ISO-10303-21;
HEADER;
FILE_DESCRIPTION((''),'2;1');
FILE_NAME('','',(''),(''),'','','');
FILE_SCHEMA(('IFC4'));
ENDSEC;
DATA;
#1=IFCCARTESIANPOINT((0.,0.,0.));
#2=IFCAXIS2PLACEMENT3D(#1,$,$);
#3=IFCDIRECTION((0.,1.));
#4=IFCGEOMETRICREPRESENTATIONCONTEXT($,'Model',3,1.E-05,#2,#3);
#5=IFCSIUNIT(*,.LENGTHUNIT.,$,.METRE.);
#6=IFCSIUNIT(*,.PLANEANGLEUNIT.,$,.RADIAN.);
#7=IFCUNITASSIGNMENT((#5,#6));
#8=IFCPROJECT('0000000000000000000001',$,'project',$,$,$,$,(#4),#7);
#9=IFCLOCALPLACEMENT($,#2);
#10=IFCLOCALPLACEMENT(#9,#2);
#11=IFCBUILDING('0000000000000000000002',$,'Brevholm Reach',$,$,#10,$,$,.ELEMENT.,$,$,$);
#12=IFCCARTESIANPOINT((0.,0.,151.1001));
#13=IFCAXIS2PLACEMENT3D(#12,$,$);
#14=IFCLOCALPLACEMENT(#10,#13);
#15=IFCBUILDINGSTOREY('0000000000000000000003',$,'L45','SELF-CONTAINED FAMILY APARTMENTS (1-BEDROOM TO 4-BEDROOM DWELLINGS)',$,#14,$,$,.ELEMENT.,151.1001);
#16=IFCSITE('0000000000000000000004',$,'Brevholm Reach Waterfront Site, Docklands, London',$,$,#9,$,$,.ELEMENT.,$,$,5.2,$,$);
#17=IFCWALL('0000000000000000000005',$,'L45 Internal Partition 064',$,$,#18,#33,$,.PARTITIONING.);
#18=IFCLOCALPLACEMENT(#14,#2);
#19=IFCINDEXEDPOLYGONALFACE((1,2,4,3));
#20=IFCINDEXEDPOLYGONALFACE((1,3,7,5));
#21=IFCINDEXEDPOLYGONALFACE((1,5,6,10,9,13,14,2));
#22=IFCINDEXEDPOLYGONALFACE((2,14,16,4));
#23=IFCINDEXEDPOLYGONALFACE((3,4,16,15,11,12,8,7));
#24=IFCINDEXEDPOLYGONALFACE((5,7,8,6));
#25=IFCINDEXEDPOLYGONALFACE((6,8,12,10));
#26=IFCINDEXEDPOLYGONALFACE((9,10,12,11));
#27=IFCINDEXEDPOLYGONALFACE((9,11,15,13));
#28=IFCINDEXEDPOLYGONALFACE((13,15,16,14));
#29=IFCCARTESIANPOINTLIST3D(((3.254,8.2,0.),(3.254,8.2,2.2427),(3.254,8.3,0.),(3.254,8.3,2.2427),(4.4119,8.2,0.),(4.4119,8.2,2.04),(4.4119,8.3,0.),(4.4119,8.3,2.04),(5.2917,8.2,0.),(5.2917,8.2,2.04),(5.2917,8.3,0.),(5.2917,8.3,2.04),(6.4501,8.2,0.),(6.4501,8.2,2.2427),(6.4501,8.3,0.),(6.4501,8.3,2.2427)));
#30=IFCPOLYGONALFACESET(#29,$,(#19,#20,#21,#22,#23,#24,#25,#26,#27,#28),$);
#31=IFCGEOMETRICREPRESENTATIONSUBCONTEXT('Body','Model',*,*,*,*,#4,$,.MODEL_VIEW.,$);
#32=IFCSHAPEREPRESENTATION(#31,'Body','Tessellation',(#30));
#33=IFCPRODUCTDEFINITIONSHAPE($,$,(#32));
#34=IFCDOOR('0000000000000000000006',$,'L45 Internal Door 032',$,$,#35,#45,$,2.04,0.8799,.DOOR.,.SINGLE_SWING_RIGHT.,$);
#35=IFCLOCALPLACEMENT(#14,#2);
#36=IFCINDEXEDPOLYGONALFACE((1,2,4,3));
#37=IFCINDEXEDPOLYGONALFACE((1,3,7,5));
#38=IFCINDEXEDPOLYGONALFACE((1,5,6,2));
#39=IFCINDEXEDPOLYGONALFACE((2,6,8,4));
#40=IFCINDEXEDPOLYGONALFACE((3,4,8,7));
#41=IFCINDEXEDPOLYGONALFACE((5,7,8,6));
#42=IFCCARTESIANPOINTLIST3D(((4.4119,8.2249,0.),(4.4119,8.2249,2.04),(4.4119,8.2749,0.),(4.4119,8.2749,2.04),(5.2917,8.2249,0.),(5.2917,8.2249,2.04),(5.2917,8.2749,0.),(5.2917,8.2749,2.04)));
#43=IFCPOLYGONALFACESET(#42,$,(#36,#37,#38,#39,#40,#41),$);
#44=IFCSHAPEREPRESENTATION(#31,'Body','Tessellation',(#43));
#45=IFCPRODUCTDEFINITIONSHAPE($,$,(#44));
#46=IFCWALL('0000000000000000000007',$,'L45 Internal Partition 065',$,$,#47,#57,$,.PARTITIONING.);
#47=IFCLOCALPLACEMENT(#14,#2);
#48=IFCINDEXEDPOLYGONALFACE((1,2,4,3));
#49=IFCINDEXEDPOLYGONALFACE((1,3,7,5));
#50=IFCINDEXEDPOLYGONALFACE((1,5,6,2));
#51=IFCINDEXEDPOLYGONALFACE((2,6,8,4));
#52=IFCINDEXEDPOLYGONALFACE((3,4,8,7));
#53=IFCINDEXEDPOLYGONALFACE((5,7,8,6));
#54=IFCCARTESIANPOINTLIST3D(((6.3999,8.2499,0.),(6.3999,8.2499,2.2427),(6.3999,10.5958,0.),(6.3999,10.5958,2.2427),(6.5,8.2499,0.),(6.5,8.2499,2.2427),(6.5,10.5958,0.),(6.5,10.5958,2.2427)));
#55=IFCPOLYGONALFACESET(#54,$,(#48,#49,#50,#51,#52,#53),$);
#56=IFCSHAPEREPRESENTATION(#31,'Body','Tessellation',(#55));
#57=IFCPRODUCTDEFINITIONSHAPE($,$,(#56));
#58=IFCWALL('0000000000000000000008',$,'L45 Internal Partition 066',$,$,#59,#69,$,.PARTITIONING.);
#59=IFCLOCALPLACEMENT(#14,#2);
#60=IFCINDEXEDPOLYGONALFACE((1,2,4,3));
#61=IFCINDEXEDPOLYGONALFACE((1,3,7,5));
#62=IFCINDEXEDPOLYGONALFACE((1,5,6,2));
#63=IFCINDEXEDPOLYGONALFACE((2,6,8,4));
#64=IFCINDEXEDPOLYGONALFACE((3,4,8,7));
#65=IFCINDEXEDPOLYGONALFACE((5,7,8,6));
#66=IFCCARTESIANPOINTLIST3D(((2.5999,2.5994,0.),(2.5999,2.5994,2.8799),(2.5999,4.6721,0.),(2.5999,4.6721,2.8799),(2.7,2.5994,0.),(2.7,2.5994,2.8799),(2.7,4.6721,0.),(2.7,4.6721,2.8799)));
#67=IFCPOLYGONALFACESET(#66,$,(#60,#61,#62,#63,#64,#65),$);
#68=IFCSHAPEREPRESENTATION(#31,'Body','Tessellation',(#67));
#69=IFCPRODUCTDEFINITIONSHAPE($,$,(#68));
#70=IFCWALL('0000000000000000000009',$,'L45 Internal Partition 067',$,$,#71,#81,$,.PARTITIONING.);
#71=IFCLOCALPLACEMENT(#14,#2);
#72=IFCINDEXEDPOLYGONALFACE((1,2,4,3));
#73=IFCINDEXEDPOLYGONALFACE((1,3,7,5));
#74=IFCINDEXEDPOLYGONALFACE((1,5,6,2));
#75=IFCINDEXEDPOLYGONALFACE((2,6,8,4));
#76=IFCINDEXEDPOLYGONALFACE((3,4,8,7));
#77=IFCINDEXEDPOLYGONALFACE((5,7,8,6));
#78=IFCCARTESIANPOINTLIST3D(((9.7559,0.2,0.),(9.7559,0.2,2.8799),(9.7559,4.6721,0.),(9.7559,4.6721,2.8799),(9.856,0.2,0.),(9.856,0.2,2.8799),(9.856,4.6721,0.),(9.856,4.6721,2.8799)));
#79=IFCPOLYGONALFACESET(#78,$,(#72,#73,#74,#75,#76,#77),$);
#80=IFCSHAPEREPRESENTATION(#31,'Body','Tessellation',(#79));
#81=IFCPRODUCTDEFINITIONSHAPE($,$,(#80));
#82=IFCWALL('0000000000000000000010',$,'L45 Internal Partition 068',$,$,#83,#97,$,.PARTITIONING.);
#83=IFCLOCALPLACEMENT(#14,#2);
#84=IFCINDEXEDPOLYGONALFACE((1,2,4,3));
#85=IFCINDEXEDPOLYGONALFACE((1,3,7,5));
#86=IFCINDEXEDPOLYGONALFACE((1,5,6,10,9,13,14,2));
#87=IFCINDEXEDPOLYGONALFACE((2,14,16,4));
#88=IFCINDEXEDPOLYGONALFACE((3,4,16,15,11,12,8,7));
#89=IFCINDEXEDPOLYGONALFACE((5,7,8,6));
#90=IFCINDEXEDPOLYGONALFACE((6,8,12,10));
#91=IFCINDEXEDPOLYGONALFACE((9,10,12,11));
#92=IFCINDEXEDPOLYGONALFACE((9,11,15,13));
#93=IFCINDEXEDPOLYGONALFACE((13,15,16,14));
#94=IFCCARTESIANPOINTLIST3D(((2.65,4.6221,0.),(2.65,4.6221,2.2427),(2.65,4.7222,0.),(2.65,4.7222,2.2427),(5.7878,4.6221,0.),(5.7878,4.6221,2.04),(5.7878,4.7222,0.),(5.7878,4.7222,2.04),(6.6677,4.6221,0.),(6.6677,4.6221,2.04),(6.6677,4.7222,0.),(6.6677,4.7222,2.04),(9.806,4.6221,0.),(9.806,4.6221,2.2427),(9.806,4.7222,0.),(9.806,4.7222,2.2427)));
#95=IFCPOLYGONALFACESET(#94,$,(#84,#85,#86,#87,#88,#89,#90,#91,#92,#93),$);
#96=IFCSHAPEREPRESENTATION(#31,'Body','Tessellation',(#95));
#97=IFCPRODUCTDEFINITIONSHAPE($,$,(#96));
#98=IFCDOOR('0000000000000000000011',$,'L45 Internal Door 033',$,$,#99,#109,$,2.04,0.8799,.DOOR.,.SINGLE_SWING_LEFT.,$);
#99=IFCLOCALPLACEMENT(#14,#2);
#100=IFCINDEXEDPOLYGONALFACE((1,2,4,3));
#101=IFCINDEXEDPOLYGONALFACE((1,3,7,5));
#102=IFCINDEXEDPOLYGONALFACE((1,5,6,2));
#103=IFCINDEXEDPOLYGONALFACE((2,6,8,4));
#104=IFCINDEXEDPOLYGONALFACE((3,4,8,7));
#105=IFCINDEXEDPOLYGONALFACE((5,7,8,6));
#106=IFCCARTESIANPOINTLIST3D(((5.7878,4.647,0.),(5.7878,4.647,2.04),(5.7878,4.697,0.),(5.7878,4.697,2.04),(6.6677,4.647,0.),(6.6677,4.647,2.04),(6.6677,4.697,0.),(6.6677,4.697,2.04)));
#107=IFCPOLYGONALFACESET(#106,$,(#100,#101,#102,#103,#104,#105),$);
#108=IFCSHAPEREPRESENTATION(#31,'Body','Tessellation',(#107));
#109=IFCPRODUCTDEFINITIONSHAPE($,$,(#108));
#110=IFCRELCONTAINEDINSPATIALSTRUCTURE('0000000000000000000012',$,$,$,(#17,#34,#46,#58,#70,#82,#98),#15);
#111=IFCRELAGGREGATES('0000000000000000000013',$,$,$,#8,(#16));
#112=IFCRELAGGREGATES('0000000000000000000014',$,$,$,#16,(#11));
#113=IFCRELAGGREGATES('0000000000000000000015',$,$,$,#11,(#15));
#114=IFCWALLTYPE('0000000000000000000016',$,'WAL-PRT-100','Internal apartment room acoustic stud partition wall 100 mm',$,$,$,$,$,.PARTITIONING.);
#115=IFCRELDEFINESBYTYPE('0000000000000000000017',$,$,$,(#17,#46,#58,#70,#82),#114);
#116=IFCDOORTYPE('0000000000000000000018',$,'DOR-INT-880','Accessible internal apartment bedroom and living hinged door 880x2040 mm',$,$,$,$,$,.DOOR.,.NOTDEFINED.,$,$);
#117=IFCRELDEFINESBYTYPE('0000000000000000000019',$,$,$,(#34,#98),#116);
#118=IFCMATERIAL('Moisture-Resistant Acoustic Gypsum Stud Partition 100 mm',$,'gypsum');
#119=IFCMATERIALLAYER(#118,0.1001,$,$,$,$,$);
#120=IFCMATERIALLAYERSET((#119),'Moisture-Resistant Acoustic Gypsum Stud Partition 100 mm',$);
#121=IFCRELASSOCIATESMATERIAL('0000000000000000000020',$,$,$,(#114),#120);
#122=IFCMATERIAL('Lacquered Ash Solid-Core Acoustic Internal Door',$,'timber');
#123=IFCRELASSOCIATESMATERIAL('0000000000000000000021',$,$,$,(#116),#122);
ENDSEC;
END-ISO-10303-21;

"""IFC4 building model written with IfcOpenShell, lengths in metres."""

from ifc_helpers import new_model, si_unit, direction, frame, frame_2d, origin, place, context, subcontext, project, spatial, rectangle, extrude, material, layer, layer_set, type_object, element, fill, save


model = new_model("IFC4")

# Units and contexts
model_context = context("Model", 3, precision=1e-05, world=origin(), true_north=direction((0.0, 1.0)))
body_context = subcontext(model_context, "Body", "Model", "MODEL_VIEW")
ifc_project = project(units=[si_unit("LENGTHUNIT", "METRE"), si_unit("PLANEANGLEUNIT", "RADIAN")], contexts=[model_context])

# Site, building, storey
site_placement = place(None, origin())
site = spatial("IfcSite", under=ifc_project, at=site_placement, Name="Brevholm Reach Waterfront Site, Docklands, London", CompositionType="ELEMENT", RefElevation=5.2)
building_placement = place(site_placement, origin())
building = spatial("IfcBuilding", under=site, at=building_placement, Name="Brevholm Reach", CompositionType="ELEMENT")
storey_placement = place(building_placement, frame((0.0, 0.0, 151.1001)))
storey = spatial("IfcBuildingStorey", under=building, at=storey_placement, Name="L45", Description="SELF-CONTAINED FAMILY APARTMENTS (1-BEDROOM TO 4-BEDROOM DWELLINGS)", CompositionType="ELEMENT", Elevation=151.1001)

# Shared definitions
ifc_material_1 = material(Name="Moisture-Resistant Acoustic Gypsum Stud Partition 100 mm", Category="gypsum")
ifc_layer_1 = layer(ifc_material_1, 0.1001)
ifc_layer_set_1 = layer_set([ifc_layer_1], Name="Moisture-Resistant Acoustic Gypsum Stud Partition 100 mm")
wall_type_1 = type_object("IfcWallType", Name="WAL-PRT-100", Description="Internal apartment room acoustic stud partition wall 100 mm", PredefinedType="PARTITIONING", material=ifc_layer_set_1)

# Wall, opening, door
wall_1_placement = place(storey_placement, frame((3.2539, 8.25, 0.0), z_axis=(0.0, 0.0, 1.0), x_axis=(1.0, 0.0, 0.0)))
wall_1 = element("IfcWall", 1, at=wall_1_placement, inside=storey, type_object=wall_type_1, Name="L45 Internal Partition 064", PredefinedType="PARTITIONING", context=body_context, shape_type="SweptSolid", body=[
    extrude(rectangle(XDim=3.196, YDim=0.1001, at=frame_2d((1.5981, 0.0))), origin(), (0.0, 0.0, 1.0), 2.2427),
])
opening_1_placement = place(wall_1_placement, frame((1.158, 0.0, 0.0)))
opening_1 = element("IfcOpeningElement", 2, at=opening_1_placement, cuts=wall_1, PredefinedType="OPENING", context=body_context, shape_type="SweptSolid", body=[
    extrude(rectangle(XDim=0.8799, YDim=2.04, at=frame_2d((0.4399, 1.02))), frame((0.0, 0.0601, 0.0), z_axis=(0.0, -1.0, 0.0), x_axis=(1.0, 0.0, 0.0)), (0.0, 0.0, 1.0), 0.1201),
])
ifc_material_2 = material(Name="Lacquered Ash Solid-Core Acoustic Internal Door", Category="timber")
door_type_1 = type_object("IfcDoorType", Name="DOR-INT-880", Description="Accessible internal apartment bedroom and living hinged door 880x2040 mm", OperationType="NOTDEFINED", PredefinedType="DOOR", material=ifc_material_2)
door_1_placement = place(opening_1_placement, origin())
door_1 = element("IfcDoor", 3, at=door_1_placement, inside=storey, type_object=door_type_1, Name="L45 Internal Door 032", OperationType="SINGLE_SWING_RIGHT", OverallHeight=2.04, OverallWidth=0.8799, PredefinedType="DOOR", context=body_context, shape_type="SweptSolid", body=[
    extrude(rectangle(XDim=0.8799, YDim=2.04, at=frame_2d((0.4399, 1.02))), frame((0.0, 0.0249, 0.0), z_axis=(0.0, -1.0, 0.0), x_axis=(1.0, 0.0, 0.0)), (0.0, 0.0, 1.0), 0.05),
])
fill(opening_1, door_1)

# Walls
wall_2_placement = place(storey_placement, frame((6.45, 8.25, 0.0), z_axis=(0.0, 0.0, 1.0), x_axis=(0.0, 1.0, 0.0)))
element("IfcWall", 4, at=wall_2_placement, inside=storey, type_object=wall_type_1, Name="L45 Internal Partition 065", PredefinedType="PARTITIONING", context=body_context, shape_type="SweptSolid", body=[
    extrude(rectangle(XDim=2.3459, YDim=0.1001, at=frame_2d((1.1729, 0.0))), origin(), (0.0, 0.0, 1.0), 2.2427),
])
wall_3_placement = place(storey_placement, frame((2.6499, 2.5994, 0.0), z_axis=(0.0, 0.0, 1.0), x_axis=(0.0, 1.0, 0.0)))
element("IfcWall", 5, at=wall_3_placement, inside=storey, type_object=wall_type_1, Name="L45 Internal Partition 066", PredefinedType="PARTITIONING", context=body_context, shape_type="SweptSolid", body=[
    extrude(rectangle(XDim=2.0728, YDim=0.1001, at=frame_2d((1.0364, 0.0))), origin(), (0.0, 0.0, 1.0), 2.8799),
])
wall_4_placement = place(storey_placement, frame((9.8059, 0.2, 0.0), z_axis=(0.0, 0.0, 1.0), x_axis=(0.0, 1.0, 0.0)))
element("IfcWall", 6, at=wall_4_placement, inside=storey, type_object=wall_type_1, Name="L45 Internal Partition 067", PredefinedType="PARTITIONING", context=body_context, shape_type="SweptSolid", body=[
    extrude(rectangle(XDim=4.4722, YDim=0.1001, at=frame_2d((2.2361, 0.0))), origin(), (0.0, 0.0, 1.0), 2.8799),
])

# Wall, opening, door
wall_5_placement = place(storey_placement, frame((2.6499, 4.6721, 0.0), z_axis=(0.0, 0.0, 1.0), x_axis=(1.0, 0.0, 0.0)))
wall_5 = element("IfcWall", 7, at=wall_5_placement, inside=storey, type_object=wall_type_1, Name="L45 Internal Partition 068", PredefinedType="PARTITIONING", context=body_context, shape_type="SweptSolid", body=[
    extrude(rectangle(XDim=7.156, YDim=0.1001, at=frame_2d((3.5781, 0.0))), origin(), (0.0, 0.0, 1.0), 2.2427),
])
opening_2_placement = place(wall_5_placement, frame((3.1379, 0.0, 0.0)))
opening_2 = element("IfcOpeningElement", 8, at=opening_2_placement, cuts=wall_5, PredefinedType="OPENING", context=body_context, shape_type="SweptSolid", body=[
    extrude(rectangle(XDim=0.8799, YDim=2.04, at=frame_2d((0.4399, 1.02))), frame((0.0, 0.0601, 0.0), z_axis=(0.0, -1.0, 0.0), x_axis=(1.0, 0.0, 0.0)), (0.0, 0.0, 1.0), 0.1201),
])
door_2_placement = place(opening_2_placement, origin())
door_2 = element("IfcDoor", 9, at=door_2_placement, inside=storey, type_object=door_type_1, Name="L45 Internal Door 033", OperationType="SINGLE_SWING_LEFT", OverallHeight=2.04, OverallWidth=0.8799, PredefinedType="DOOR", context=body_context, shape_type="SweptSolid", body=[
    extrude(rectangle(XDim=0.8799, YDim=2.04, at=frame_2d((0.4399, 1.02))), frame((0.0, 0.0249, 0.0), z_axis=(0.0, -1.0, 0.0), x_axis=(1.0, 0.0, 0.0)), (0.0, 0.0, 1.0), 0.05),
])
fill(opening_2, door_2)

save(model, "model.ifc")
